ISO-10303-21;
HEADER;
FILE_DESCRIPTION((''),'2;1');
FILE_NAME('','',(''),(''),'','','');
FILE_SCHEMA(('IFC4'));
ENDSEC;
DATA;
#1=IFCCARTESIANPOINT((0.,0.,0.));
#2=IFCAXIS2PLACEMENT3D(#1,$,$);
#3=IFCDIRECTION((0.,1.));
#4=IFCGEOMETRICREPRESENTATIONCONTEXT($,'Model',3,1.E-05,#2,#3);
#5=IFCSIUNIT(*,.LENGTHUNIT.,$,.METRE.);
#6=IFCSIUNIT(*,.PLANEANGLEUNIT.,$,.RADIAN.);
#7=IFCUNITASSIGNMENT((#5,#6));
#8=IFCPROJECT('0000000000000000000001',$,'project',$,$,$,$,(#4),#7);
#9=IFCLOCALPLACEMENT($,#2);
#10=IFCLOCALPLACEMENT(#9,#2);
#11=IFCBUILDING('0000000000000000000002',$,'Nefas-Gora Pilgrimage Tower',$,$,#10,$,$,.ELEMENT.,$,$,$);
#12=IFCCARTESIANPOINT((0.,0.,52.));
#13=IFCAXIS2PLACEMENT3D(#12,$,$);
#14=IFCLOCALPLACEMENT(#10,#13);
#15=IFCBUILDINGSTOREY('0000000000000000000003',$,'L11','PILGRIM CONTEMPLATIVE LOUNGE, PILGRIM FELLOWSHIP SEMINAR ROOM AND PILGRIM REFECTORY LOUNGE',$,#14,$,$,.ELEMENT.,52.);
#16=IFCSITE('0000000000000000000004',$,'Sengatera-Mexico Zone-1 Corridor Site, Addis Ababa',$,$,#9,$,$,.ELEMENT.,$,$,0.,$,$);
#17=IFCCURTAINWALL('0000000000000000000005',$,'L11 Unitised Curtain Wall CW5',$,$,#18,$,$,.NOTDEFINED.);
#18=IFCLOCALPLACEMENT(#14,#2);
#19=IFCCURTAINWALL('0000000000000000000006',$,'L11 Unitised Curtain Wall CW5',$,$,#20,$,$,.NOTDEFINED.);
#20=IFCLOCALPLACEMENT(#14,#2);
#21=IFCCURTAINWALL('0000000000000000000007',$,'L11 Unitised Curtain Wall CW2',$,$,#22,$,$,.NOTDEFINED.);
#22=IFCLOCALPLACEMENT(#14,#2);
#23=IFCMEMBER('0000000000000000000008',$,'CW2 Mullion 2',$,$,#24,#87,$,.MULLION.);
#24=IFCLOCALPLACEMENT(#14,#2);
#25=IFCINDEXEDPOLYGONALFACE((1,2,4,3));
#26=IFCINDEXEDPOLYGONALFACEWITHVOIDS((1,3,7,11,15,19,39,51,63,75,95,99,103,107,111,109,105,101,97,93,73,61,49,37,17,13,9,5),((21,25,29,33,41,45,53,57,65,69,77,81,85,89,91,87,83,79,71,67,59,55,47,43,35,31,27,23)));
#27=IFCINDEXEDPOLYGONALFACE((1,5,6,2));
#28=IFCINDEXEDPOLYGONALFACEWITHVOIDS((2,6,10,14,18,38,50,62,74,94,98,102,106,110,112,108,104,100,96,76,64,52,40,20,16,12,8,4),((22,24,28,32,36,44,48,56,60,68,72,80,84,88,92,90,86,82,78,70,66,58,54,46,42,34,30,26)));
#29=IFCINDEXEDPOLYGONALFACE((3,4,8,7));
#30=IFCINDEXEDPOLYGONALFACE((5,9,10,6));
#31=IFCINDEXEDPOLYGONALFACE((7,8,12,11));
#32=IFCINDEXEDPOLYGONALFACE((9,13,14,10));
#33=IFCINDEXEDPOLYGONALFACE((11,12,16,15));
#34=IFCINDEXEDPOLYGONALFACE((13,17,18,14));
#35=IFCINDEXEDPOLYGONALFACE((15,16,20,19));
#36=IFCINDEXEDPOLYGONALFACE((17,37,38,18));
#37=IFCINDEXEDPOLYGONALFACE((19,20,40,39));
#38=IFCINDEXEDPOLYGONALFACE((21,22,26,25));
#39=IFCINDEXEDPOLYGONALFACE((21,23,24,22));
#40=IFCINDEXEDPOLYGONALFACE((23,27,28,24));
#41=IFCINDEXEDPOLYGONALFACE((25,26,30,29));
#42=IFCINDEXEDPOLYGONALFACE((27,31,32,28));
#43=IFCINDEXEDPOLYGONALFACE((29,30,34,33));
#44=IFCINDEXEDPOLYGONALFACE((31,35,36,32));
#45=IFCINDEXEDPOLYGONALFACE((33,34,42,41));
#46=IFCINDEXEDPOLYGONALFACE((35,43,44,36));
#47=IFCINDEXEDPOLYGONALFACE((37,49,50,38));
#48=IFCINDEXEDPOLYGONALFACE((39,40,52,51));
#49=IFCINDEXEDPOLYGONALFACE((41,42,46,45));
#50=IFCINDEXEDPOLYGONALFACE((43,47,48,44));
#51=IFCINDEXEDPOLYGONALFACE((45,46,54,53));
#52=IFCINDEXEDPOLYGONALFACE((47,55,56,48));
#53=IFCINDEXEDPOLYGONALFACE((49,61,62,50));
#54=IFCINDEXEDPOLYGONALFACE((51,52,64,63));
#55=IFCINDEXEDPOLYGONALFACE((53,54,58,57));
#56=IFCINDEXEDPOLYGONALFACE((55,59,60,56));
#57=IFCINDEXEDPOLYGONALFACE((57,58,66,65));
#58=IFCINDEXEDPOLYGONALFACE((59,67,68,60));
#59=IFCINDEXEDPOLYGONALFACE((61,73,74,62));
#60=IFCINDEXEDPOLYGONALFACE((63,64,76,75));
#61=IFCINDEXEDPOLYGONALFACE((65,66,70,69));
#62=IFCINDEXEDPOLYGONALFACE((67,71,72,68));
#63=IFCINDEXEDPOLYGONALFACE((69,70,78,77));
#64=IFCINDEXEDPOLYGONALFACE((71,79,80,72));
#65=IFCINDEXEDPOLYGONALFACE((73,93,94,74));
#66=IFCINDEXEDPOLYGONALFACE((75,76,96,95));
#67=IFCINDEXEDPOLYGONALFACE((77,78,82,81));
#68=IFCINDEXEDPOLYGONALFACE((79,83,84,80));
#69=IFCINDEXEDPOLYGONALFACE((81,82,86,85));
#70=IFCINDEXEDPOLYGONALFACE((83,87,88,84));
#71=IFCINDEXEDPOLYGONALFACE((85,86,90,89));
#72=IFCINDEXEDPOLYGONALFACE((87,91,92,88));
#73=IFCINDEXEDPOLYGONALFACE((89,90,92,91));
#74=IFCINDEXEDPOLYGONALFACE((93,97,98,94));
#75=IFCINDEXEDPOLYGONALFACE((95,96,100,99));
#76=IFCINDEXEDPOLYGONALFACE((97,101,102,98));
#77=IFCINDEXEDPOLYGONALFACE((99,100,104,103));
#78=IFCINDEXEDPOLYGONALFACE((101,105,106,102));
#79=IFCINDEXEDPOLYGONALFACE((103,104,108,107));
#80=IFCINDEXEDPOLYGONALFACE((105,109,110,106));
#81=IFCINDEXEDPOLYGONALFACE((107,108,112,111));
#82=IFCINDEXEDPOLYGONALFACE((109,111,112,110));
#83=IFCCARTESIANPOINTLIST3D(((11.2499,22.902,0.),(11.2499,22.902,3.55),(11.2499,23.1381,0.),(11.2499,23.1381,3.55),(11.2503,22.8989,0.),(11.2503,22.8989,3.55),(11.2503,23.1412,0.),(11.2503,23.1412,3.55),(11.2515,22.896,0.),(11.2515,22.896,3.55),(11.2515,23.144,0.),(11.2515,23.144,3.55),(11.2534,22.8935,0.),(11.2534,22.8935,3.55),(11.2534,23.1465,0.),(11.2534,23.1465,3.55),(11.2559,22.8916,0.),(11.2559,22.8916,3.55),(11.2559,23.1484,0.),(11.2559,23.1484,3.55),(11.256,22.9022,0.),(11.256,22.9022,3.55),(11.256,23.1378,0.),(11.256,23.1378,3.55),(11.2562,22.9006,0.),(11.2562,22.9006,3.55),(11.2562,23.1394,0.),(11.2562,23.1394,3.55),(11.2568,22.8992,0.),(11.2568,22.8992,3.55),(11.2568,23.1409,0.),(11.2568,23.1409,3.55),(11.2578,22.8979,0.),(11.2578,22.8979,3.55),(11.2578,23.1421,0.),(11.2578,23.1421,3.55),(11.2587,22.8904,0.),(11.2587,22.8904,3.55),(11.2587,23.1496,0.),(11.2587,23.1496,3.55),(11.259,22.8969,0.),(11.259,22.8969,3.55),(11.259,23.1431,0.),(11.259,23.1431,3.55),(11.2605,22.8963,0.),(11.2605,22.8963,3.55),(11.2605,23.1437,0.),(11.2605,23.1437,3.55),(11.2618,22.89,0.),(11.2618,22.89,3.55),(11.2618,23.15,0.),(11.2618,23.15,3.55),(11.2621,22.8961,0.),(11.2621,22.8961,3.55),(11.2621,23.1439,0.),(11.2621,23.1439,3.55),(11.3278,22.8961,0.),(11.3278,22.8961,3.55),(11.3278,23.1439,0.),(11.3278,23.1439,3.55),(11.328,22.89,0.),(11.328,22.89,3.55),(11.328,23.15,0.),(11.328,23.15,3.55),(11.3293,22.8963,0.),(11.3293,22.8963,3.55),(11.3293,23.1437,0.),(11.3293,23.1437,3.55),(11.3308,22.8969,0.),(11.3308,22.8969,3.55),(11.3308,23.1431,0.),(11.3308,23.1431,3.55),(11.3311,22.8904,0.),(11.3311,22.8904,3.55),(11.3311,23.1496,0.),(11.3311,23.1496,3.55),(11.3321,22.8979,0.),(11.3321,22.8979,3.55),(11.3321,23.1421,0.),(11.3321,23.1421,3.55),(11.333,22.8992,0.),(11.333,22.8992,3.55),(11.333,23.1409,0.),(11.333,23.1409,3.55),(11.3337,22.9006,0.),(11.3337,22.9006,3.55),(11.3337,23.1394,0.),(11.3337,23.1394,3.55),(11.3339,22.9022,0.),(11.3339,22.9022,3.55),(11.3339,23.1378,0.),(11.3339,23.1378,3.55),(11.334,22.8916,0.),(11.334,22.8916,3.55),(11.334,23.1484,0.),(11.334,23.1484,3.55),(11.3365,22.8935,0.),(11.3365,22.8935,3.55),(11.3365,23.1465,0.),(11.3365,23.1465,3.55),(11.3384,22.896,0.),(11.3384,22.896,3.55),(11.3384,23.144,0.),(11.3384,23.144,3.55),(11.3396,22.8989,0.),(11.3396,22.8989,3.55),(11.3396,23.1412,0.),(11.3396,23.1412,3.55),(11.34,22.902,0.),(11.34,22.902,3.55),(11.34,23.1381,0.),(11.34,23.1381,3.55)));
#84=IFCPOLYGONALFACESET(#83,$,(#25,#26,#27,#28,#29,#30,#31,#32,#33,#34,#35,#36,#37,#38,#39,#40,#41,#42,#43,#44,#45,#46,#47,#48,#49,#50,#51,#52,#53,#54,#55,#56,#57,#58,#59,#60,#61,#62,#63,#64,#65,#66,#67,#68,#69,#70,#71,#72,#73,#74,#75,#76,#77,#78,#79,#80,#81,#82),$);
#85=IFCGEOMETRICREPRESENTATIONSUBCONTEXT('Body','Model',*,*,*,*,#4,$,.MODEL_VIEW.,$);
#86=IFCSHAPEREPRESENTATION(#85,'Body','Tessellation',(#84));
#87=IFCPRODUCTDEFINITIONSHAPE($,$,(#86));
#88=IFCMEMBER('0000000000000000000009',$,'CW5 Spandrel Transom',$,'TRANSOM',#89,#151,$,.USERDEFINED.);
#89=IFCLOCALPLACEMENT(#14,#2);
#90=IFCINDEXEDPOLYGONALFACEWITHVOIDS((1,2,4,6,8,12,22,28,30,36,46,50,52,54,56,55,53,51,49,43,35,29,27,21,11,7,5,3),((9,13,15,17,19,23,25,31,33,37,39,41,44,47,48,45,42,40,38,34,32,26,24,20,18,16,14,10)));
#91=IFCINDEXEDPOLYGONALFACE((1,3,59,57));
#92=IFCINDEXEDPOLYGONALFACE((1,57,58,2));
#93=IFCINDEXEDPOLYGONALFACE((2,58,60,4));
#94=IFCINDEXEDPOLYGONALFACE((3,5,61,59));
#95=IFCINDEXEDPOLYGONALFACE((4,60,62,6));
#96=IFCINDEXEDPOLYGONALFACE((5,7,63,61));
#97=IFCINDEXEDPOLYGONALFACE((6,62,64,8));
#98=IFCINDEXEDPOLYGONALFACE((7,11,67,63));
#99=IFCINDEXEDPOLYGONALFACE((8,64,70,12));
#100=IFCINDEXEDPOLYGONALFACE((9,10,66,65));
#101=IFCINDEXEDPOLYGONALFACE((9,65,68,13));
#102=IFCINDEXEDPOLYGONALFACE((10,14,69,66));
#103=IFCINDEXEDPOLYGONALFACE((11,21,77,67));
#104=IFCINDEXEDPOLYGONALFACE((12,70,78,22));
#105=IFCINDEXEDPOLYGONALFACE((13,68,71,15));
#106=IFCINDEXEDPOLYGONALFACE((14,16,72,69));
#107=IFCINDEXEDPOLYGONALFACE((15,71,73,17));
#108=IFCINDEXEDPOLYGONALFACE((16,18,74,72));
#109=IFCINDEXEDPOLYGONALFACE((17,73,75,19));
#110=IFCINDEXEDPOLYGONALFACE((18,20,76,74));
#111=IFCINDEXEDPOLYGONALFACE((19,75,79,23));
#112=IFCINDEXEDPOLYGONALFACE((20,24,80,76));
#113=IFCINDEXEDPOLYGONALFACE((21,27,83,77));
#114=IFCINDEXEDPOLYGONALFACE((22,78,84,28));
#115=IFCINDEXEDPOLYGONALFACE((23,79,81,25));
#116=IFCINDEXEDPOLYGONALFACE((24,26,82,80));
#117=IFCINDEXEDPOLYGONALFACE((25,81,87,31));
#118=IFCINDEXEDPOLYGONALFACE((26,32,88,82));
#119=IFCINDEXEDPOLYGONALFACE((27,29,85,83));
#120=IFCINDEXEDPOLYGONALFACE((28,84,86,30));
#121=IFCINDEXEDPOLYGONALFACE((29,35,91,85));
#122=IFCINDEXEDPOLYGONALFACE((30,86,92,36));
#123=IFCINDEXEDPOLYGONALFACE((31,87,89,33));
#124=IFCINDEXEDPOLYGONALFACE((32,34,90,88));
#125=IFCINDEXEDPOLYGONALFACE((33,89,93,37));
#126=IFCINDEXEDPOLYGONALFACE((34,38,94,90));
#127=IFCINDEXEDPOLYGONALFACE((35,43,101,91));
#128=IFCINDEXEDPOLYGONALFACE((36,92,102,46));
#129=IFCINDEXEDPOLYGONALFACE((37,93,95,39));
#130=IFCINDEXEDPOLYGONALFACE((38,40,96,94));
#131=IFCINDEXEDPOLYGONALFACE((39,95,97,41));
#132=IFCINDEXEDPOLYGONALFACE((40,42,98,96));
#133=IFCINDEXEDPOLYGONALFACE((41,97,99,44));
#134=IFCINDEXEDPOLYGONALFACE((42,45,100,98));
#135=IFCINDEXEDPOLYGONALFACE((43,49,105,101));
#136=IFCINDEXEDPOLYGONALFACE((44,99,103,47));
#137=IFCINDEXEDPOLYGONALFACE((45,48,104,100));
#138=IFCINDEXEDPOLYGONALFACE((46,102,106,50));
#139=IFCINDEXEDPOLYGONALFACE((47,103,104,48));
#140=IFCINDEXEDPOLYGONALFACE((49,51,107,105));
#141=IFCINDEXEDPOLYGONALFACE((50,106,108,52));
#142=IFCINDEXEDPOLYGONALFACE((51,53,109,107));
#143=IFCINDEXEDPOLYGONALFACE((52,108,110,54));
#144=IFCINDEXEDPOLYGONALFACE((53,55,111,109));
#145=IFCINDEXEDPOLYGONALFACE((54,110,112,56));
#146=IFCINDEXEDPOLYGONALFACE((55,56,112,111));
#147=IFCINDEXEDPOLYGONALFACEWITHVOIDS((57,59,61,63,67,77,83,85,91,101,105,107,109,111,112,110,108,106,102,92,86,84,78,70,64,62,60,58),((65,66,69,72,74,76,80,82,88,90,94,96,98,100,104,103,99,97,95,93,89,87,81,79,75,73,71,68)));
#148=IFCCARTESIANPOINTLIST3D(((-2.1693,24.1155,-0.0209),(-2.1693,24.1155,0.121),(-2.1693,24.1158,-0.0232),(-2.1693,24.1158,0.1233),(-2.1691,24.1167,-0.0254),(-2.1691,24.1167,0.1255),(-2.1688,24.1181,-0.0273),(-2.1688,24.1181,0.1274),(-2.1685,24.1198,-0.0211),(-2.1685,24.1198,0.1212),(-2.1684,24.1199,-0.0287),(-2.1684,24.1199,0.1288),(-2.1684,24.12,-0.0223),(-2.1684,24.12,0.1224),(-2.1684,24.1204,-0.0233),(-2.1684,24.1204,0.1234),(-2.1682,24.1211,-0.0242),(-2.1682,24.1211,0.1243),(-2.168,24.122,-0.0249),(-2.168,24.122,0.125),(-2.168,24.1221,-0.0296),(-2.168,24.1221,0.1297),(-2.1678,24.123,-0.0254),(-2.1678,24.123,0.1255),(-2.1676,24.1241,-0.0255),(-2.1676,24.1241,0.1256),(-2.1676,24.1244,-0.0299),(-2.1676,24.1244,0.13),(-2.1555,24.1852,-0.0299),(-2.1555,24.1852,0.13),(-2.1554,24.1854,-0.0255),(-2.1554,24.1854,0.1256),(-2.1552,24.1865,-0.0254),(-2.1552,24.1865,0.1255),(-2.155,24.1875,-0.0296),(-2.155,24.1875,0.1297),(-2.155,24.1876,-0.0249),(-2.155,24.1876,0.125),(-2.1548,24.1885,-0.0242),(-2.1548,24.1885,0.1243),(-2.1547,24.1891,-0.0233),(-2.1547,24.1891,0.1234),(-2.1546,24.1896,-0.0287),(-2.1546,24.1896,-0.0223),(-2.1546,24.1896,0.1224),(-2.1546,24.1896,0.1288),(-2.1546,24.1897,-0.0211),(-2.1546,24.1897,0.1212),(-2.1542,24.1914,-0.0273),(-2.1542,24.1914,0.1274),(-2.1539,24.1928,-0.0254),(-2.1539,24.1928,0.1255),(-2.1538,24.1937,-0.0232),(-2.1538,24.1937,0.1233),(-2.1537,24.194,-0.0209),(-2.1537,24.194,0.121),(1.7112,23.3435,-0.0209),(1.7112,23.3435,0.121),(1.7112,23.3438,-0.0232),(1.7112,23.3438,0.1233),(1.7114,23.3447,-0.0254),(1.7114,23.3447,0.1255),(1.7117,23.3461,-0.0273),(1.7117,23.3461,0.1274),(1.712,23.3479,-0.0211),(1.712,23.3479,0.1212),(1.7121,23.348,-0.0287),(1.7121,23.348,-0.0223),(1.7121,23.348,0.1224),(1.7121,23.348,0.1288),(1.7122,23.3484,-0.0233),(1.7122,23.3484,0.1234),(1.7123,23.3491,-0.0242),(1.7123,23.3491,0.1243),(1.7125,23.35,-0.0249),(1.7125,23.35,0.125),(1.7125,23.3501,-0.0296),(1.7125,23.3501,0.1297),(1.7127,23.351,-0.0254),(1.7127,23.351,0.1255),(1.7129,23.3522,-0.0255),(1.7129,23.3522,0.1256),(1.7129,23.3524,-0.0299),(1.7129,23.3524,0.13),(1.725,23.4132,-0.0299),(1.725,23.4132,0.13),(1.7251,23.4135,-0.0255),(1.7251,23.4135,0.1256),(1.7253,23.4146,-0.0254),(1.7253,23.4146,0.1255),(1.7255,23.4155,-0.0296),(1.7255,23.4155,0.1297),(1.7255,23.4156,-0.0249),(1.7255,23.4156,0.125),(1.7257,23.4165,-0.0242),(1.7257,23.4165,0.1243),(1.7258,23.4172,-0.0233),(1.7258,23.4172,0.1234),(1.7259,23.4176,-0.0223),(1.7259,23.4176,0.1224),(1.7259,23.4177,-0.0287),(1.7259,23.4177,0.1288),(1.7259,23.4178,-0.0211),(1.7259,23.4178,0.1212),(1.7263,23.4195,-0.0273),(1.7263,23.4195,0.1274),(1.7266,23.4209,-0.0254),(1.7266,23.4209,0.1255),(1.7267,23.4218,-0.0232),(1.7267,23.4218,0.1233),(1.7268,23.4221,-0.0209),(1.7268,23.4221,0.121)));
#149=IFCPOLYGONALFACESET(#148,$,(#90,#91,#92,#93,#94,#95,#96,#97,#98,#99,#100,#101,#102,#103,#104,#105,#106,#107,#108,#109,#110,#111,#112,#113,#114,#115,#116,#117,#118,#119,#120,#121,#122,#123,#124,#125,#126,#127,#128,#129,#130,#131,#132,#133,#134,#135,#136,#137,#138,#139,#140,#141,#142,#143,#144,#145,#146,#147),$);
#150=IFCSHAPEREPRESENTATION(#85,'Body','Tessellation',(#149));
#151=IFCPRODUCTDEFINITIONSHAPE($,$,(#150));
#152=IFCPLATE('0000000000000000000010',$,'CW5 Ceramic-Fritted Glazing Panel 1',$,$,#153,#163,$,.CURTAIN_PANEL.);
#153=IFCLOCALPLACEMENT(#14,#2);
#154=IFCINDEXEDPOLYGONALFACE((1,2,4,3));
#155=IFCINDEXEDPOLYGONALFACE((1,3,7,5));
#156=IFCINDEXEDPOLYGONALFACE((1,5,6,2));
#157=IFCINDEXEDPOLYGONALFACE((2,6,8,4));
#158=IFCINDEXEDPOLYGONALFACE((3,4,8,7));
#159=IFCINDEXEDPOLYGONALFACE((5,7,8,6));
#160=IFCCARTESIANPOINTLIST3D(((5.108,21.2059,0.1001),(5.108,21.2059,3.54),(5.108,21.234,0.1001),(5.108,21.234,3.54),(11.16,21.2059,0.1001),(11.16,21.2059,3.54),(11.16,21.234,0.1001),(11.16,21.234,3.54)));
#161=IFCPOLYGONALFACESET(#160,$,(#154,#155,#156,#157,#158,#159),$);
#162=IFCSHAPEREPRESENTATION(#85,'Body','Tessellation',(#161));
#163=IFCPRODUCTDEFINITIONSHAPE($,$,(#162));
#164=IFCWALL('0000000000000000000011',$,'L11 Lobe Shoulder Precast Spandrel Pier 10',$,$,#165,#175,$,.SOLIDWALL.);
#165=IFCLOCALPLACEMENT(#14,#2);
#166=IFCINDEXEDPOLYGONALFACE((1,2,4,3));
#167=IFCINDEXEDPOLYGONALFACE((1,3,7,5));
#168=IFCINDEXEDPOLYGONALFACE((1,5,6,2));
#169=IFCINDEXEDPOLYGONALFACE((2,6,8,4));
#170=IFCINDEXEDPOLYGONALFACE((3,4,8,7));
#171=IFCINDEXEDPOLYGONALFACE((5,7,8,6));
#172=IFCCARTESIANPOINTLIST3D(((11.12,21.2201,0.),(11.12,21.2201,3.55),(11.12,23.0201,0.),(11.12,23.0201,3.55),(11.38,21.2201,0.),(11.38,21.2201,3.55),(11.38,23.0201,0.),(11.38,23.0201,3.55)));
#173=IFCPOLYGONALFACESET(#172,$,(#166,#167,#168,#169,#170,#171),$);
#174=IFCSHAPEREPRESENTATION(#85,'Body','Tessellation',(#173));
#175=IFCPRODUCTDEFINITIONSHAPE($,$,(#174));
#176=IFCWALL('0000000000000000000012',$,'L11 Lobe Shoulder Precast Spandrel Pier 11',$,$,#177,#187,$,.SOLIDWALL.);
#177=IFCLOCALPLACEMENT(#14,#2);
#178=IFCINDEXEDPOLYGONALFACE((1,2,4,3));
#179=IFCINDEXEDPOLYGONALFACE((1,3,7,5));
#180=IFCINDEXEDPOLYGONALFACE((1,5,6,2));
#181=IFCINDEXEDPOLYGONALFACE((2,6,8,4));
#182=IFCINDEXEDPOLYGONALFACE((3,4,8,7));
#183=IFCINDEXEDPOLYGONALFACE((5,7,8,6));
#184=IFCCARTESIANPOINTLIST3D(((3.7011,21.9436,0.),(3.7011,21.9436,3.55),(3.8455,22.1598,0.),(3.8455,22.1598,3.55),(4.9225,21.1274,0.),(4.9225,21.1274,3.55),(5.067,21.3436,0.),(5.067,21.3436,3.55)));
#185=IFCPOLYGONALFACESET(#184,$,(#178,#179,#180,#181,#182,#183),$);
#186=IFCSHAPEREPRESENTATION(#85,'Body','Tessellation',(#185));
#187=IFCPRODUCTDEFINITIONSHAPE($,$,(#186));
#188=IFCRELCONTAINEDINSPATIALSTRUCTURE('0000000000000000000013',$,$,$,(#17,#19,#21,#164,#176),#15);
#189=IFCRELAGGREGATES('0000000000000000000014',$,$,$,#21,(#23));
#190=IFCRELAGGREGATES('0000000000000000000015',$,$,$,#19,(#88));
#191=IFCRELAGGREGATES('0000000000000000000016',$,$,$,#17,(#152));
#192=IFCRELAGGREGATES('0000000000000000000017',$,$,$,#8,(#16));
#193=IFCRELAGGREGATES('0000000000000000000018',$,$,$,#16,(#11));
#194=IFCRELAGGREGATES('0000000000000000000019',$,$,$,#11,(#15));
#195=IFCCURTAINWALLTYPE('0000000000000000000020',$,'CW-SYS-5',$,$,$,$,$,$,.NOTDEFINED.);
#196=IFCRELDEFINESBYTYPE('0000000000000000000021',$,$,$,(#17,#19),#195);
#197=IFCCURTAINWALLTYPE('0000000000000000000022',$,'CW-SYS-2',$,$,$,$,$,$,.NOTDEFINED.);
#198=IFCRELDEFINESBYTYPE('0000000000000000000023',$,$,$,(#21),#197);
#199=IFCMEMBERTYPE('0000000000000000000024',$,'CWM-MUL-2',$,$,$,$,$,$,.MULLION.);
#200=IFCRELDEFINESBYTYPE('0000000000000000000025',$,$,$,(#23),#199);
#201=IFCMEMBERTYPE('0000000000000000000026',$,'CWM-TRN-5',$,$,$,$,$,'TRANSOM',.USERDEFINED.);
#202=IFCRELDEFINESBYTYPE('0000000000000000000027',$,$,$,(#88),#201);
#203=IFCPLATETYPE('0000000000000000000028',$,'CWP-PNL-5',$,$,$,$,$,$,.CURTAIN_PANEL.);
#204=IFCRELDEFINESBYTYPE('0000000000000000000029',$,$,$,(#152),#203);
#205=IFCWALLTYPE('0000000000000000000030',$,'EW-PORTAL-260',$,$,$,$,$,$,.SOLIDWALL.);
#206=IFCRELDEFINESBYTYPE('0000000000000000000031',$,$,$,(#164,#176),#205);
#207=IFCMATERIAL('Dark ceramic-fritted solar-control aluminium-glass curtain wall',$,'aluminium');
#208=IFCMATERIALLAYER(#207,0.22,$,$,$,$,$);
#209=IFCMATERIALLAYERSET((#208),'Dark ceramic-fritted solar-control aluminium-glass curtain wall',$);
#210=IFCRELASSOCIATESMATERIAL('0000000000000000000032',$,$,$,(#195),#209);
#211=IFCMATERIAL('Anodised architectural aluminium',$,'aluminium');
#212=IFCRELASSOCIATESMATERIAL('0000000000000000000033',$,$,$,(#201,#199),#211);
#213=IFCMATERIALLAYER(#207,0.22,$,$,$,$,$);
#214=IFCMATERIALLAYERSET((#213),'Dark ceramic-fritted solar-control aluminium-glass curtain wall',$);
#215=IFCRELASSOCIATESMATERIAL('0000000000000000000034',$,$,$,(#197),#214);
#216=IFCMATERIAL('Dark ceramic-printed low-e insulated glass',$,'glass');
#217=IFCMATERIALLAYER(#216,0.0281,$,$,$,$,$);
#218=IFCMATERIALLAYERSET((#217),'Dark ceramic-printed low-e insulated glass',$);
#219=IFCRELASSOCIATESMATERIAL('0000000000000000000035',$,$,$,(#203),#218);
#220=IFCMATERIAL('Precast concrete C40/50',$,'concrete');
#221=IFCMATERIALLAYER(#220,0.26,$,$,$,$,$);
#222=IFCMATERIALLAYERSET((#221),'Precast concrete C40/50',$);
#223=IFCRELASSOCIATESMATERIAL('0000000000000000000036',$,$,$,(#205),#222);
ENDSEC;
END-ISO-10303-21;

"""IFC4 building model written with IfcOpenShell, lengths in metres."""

from ifc_helpers import new_model, si_unit, direction, frame, frame_2d, origin, origin_2d, place, context, subcontext, project, spatial, rectangle, hollow_rectangle, extrude, source, transform, mapped, material, layer, layer_set, material_profile, profile_set, type_object, element, aggregate, save


model = new_model("IFC4")

# Units and contexts
model_context = context("Model", 3, precision=1e-05, world=origin(), true_north=direction((0.0, 1.0)))
body_context = subcontext(model_context, "Body", "Model", "MODEL_VIEW")
ifc_project = project(units=[si_unit("LENGTHUNIT", "METRE"), si_unit("PLANEANGLEUNIT", "RADIAN")], contexts=[model_context])

# Site, building, storey
site_placement = place(None, origin())
site = spatial("IfcSite", under=ifc_project, at=site_placement, Name="Sengatera-Mexico Zone-1 Corridor Site, Addis Ababa", CompositionType="ELEMENT", RefElevation=0.0)
building_placement = place(site_placement, origin())
building = spatial("IfcBuilding", under=site, at=building_placement, Name="Nefas-Gora Pilgrimage Tower", CompositionType="ELEMENT")
storey_placement = place(building_placement, frame((0.0, 0.0, 52.0)))
storey = spatial("IfcBuildingStorey", under=building, at=storey_placement, Name="L11", Description="PILGRIM CONTEMPLATIVE LOUNGE, PILGRIM FELLOWSHIP SEMINAR ROOM AND PILGRIM REFECTORY LOUNGE", CompositionType="ELEMENT", Elevation=52.0)

# Curtain wall
ifc_material_1 = material(Name="Dark ceramic-fritted solar-control aluminium-glass curtain wall", Category="aluminium")
ifc_layer_1 = layer(ifc_material_1, 0.22)
ifc_layer_set_1 = layer_set([ifc_layer_1], Name="Dark ceramic-fritted solar-control aluminium-glass curtain wall")
curtain_wall_type_1 = type_object("IfcCurtainWallType", Name="CW-SYS-5", PredefinedType="NOTDEFINED", material=ifc_layer_set_1)
curtain_wall_1_placement = place(storey_placement, origin())
curtain_wall_1 = element("IfcCurtainWall", 1, at=curtain_wall_1_placement, inside=storey, type_object=curtain_wall_type_1, Name="L11 Unitised Curtain Wall CW5", PredefinedType="NOTDEFINED")
ifc_material_2 = material(Name="Anodised architectural aluminium", Category="aluminium")

# Curtain wall
curtain_wall_2_placement = place(storey_placement, origin())
curtain_wall_2 = element("IfcCurtainWall", 2, at=curtain_wall_2_placement, inside=storey, type_object=curtain_wall_type_1, Name="L11 Unitised Curtain Wall CW5", PredefinedType="NOTDEFINED")

# Shared definitions
ifc_material_profile_1 = material_profile(ifc_material_2, hollow_rectangle(XDim=0.0801, YDim=0.1599, WallThickness=0.0044, InnerFilletRadius=0.0044, OuterFilletRadius=0.009, at=origin_2d()), Name="ALU TRANSOM 80x160")
ifc_profile_set_1 = profile_set([ifc_material_profile_1], Name="Anodised architectural aluminium")
member_type_1 = type_object("IfcMemberType", Name="CWM-TRN-5", ElementType="TRANSOM", PredefinedType="USERDEFINED", material=ifc_profile_set_1)

# Curtain wall, member
ifc_layer_2 = layer(ifc_material_1, 0.22)
ifc_layer_set_2 = layer_set([ifc_layer_2], Name="Dark ceramic-fritted solar-control aluminium-glass curtain wall")
curtain_wall_type_2 = type_object("IfcCurtainWallType", Name="CW-SYS-2", PredefinedType="NOTDEFINED", material=ifc_layer_set_2)
curtain_wall_3_placement = place(storey_placement, origin())
curtain_wall_3 = element("IfcCurtainWall", 3, at=curtain_wall_3_placement, inside=storey, type_object=curtain_wall_type_2, Name="L11 Unitised Curtain Wall CW2", PredefinedType="NOTDEFINED")
ifc_material_profile_2 = material_profile(ifc_material_2, hollow_rectangle(XDim=0.0901, YDim=0.26, WallThickness=0.0061, InnerFilletRadius=0.0061, OuterFilletRadius=0.012, at=origin_2d()), Name="ALU MULLION 90x260")
ifc_profile_set_2 = profile_set([ifc_material_profile_2], Name="Anodised architectural aluminium")
member_type_2 = type_object("IfcMemberType", Name="CWM-MUL-2", PredefinedType="MULLION", material=ifc_profile_set_2)
shared_shape_1 = source(origin(), body_context, "Body", "SweptSolid", [
    extrude(hollow_rectangle(XDim=0.0901, YDim=0.26, WallThickness=0.0061, InnerFilletRadius=0.0061, OuterFilletRadius=0.012, at=origin_2d()), origin(), (0.0, 0.0, 1.0), 3.55),
])
member_1_placement = place(storey_placement, frame((11.2949, 23.02, 0.0), z_axis=(0.0, 0.0, 1.0), x_axis=(-1.0, 0.0, 0.0)))
member_1 = element("IfcMember", 4, at=member_1_placement, type_object=member_type_2, Name="CW2 Mullion 2", PredefinedType="MULLION", context=body_context, shape_type="MappedRepresentation", body=[
    mapped(shared_shape_1, transform((0.0, 0.0, 0.0), x_axis=(1.0, 0.0, 0.0), y_axis=(0.0, 1.0, 0.0), z_axis=(0.0, 0.0, 1.0), scale=1.0)),
])
aggregate(curtain_wall_3, [member_1])

# Member
shared_shape_2 = source(origin(), body_context, "Body", "SweptSolid", [
    extrude(hollow_rectangle(XDim=0.0801, YDim=0.1599, WallThickness=0.0044, InnerFilletRadius=0.0044, OuterFilletRadius=0.009, at=origin_2d()), origin(), (0.0, 0.0, 1.0), 3.9565),
])
member_2_placement = place(storey_placement, frame((1.719, 23.3828, 0.05), z_axis=(-0.980782, 0.195107, 0.0), x_axis=(-0.195107, -0.980782, 0.0)))
member_2 = element("IfcMember", 5, at=member_2_placement, type_object=member_type_1, Name="CW5 Spandrel Transom", ObjectType="TRANSOM", PredefinedType="USERDEFINED", context=body_context, shape_type="MappedRepresentation", body=[
    mapped(shared_shape_2, transform((0.0, 0.0, 0.0), x_axis=(1.0, 0.0, 0.0), y_axis=(0.0, 1.0, 0.0), z_axis=(0.0, 0.0, 1.0), scale=1.0)),
])
aggregate(curtain_wall_2, [member_2])

# Plate
ifc_material_3 = material(Name="Dark ceramic-printed low-e insulated glass", Category="glass")
ifc_layer_3 = layer(ifc_material_3, 0.0281)
ifc_layer_set_3 = layer_set([ifc_layer_3], Name="Dark ceramic-printed low-e insulated glass")
plate_type = type_object("IfcPlateType", Name="CWP-PNL-5", PredefinedType="CURTAIN_PANEL", material=ifc_layer_set_3)
shared_shape_3 = source(origin(), body_context, "Body", "SweptSolid", [
    extrude(rectangle(XDim=6.052, YDim=0.0281, at=origin_2d()), origin(), (0.0, 0.0, 1.0), 3.4399),
])
plate_placement = place(storey_placement, frame((8.134, 21.22, 0.1001), z_axis=(0.0, 0.0, 1.0), x_axis=(-1.0, 0.0, 0.0)))
plate = element("IfcPlate", 6, at=plate_placement, type_object=plate_type, Name="CW5 Ceramic-Fritted Glazing Panel 1", PredefinedType="CURTAIN_PANEL", context=body_context, shape_type="MappedRepresentation", body=[
    mapped(shared_shape_3, transform((0.0, 0.0, 0.0), x_axis=(1.0, 0.0, 0.0), y_axis=(0.0, 1.0, 0.0), z_axis=(0.0, 0.0, 1.0), scale=1.0)),
])
aggregate(curtain_wall_1, [plate])

# Walls
ifc_material_4 = material(Name="Precast concrete C40/50", Category="concrete")
ifc_layer_4 = layer(ifc_material_4, 0.26)
ifc_layer_set_4 = layer_set([ifc_layer_4], Name="Precast concrete C40/50")
wall_type_1 = type_object("IfcWallType", Name="EW-PORTAL-260", PredefinedType="SOLIDWALL", material=ifc_layer_set_4)
shared_shape_4 = source(origin(), body_context, "Body", "SweptSolid", [
    extrude(rectangle(XDim=1.8, YDim=0.26, at=frame_2d((0.8999, 0.0))), origin(), (0.0, 0.0, 1.0), 3.55),
])
wall_1_placement = place(storey_placement, frame((11.25, 23.02, 0.0), z_axis=(0.0, 0.0, 1.0), x_axis=(0.0, -1.0, 0.0)))
element("IfcWall", 7, at=wall_1_placement, inside=storey, type_object=wall_type_1, Name="L11 Lobe Shoulder Precast Spandrel Pier 10", PredefinedType="SOLIDWALL", context=body_context, shape_type="MappedRepresentation", body=[
    mapped(shared_shape_4, transform((0.0, 0.0, 0.0), x_axis=(1.0, 0.0, 0.0), y_axis=(0.0, 1.0, 0.0), z_axis=(0.0, 0.0, 1.0), scale=1.0)),
])
shared_shape_5 = source(origin(), body_context, "Body", "SweptSolid", [
    extrude(rectangle(XDim=1.469, YDim=0.26, at=frame_2d((0.7344, 0.0))), origin(), (0.0, 0.0, 1.0), 3.55),
])
wall_2_placement = place(storey_placement, frame((4.9946, 21.2356, 0.0), z_axis=(0.0, 0.0, 1.0), x_axis=(-0.831462, 0.555582, 0.0)))
element("IfcWall", 8, at=wall_2_placement, inside=storey, type_object=wall_type_1, Name="L11 Lobe Shoulder Precast Spandrel Pier 11", PredefinedType="SOLIDWALL", context=body_context, shape_type="MappedRepresentation", body=[
    mapped(shared_shape_5, transform((0.0, 0.0, 0.0), x_axis=(1.0, 0.0, 0.0), y_axis=(0.0, 1.0, 0.0), z_axis=(0.0, 0.0, 1.0), scale=1.0)),
])

save(model, "model.ifc")
